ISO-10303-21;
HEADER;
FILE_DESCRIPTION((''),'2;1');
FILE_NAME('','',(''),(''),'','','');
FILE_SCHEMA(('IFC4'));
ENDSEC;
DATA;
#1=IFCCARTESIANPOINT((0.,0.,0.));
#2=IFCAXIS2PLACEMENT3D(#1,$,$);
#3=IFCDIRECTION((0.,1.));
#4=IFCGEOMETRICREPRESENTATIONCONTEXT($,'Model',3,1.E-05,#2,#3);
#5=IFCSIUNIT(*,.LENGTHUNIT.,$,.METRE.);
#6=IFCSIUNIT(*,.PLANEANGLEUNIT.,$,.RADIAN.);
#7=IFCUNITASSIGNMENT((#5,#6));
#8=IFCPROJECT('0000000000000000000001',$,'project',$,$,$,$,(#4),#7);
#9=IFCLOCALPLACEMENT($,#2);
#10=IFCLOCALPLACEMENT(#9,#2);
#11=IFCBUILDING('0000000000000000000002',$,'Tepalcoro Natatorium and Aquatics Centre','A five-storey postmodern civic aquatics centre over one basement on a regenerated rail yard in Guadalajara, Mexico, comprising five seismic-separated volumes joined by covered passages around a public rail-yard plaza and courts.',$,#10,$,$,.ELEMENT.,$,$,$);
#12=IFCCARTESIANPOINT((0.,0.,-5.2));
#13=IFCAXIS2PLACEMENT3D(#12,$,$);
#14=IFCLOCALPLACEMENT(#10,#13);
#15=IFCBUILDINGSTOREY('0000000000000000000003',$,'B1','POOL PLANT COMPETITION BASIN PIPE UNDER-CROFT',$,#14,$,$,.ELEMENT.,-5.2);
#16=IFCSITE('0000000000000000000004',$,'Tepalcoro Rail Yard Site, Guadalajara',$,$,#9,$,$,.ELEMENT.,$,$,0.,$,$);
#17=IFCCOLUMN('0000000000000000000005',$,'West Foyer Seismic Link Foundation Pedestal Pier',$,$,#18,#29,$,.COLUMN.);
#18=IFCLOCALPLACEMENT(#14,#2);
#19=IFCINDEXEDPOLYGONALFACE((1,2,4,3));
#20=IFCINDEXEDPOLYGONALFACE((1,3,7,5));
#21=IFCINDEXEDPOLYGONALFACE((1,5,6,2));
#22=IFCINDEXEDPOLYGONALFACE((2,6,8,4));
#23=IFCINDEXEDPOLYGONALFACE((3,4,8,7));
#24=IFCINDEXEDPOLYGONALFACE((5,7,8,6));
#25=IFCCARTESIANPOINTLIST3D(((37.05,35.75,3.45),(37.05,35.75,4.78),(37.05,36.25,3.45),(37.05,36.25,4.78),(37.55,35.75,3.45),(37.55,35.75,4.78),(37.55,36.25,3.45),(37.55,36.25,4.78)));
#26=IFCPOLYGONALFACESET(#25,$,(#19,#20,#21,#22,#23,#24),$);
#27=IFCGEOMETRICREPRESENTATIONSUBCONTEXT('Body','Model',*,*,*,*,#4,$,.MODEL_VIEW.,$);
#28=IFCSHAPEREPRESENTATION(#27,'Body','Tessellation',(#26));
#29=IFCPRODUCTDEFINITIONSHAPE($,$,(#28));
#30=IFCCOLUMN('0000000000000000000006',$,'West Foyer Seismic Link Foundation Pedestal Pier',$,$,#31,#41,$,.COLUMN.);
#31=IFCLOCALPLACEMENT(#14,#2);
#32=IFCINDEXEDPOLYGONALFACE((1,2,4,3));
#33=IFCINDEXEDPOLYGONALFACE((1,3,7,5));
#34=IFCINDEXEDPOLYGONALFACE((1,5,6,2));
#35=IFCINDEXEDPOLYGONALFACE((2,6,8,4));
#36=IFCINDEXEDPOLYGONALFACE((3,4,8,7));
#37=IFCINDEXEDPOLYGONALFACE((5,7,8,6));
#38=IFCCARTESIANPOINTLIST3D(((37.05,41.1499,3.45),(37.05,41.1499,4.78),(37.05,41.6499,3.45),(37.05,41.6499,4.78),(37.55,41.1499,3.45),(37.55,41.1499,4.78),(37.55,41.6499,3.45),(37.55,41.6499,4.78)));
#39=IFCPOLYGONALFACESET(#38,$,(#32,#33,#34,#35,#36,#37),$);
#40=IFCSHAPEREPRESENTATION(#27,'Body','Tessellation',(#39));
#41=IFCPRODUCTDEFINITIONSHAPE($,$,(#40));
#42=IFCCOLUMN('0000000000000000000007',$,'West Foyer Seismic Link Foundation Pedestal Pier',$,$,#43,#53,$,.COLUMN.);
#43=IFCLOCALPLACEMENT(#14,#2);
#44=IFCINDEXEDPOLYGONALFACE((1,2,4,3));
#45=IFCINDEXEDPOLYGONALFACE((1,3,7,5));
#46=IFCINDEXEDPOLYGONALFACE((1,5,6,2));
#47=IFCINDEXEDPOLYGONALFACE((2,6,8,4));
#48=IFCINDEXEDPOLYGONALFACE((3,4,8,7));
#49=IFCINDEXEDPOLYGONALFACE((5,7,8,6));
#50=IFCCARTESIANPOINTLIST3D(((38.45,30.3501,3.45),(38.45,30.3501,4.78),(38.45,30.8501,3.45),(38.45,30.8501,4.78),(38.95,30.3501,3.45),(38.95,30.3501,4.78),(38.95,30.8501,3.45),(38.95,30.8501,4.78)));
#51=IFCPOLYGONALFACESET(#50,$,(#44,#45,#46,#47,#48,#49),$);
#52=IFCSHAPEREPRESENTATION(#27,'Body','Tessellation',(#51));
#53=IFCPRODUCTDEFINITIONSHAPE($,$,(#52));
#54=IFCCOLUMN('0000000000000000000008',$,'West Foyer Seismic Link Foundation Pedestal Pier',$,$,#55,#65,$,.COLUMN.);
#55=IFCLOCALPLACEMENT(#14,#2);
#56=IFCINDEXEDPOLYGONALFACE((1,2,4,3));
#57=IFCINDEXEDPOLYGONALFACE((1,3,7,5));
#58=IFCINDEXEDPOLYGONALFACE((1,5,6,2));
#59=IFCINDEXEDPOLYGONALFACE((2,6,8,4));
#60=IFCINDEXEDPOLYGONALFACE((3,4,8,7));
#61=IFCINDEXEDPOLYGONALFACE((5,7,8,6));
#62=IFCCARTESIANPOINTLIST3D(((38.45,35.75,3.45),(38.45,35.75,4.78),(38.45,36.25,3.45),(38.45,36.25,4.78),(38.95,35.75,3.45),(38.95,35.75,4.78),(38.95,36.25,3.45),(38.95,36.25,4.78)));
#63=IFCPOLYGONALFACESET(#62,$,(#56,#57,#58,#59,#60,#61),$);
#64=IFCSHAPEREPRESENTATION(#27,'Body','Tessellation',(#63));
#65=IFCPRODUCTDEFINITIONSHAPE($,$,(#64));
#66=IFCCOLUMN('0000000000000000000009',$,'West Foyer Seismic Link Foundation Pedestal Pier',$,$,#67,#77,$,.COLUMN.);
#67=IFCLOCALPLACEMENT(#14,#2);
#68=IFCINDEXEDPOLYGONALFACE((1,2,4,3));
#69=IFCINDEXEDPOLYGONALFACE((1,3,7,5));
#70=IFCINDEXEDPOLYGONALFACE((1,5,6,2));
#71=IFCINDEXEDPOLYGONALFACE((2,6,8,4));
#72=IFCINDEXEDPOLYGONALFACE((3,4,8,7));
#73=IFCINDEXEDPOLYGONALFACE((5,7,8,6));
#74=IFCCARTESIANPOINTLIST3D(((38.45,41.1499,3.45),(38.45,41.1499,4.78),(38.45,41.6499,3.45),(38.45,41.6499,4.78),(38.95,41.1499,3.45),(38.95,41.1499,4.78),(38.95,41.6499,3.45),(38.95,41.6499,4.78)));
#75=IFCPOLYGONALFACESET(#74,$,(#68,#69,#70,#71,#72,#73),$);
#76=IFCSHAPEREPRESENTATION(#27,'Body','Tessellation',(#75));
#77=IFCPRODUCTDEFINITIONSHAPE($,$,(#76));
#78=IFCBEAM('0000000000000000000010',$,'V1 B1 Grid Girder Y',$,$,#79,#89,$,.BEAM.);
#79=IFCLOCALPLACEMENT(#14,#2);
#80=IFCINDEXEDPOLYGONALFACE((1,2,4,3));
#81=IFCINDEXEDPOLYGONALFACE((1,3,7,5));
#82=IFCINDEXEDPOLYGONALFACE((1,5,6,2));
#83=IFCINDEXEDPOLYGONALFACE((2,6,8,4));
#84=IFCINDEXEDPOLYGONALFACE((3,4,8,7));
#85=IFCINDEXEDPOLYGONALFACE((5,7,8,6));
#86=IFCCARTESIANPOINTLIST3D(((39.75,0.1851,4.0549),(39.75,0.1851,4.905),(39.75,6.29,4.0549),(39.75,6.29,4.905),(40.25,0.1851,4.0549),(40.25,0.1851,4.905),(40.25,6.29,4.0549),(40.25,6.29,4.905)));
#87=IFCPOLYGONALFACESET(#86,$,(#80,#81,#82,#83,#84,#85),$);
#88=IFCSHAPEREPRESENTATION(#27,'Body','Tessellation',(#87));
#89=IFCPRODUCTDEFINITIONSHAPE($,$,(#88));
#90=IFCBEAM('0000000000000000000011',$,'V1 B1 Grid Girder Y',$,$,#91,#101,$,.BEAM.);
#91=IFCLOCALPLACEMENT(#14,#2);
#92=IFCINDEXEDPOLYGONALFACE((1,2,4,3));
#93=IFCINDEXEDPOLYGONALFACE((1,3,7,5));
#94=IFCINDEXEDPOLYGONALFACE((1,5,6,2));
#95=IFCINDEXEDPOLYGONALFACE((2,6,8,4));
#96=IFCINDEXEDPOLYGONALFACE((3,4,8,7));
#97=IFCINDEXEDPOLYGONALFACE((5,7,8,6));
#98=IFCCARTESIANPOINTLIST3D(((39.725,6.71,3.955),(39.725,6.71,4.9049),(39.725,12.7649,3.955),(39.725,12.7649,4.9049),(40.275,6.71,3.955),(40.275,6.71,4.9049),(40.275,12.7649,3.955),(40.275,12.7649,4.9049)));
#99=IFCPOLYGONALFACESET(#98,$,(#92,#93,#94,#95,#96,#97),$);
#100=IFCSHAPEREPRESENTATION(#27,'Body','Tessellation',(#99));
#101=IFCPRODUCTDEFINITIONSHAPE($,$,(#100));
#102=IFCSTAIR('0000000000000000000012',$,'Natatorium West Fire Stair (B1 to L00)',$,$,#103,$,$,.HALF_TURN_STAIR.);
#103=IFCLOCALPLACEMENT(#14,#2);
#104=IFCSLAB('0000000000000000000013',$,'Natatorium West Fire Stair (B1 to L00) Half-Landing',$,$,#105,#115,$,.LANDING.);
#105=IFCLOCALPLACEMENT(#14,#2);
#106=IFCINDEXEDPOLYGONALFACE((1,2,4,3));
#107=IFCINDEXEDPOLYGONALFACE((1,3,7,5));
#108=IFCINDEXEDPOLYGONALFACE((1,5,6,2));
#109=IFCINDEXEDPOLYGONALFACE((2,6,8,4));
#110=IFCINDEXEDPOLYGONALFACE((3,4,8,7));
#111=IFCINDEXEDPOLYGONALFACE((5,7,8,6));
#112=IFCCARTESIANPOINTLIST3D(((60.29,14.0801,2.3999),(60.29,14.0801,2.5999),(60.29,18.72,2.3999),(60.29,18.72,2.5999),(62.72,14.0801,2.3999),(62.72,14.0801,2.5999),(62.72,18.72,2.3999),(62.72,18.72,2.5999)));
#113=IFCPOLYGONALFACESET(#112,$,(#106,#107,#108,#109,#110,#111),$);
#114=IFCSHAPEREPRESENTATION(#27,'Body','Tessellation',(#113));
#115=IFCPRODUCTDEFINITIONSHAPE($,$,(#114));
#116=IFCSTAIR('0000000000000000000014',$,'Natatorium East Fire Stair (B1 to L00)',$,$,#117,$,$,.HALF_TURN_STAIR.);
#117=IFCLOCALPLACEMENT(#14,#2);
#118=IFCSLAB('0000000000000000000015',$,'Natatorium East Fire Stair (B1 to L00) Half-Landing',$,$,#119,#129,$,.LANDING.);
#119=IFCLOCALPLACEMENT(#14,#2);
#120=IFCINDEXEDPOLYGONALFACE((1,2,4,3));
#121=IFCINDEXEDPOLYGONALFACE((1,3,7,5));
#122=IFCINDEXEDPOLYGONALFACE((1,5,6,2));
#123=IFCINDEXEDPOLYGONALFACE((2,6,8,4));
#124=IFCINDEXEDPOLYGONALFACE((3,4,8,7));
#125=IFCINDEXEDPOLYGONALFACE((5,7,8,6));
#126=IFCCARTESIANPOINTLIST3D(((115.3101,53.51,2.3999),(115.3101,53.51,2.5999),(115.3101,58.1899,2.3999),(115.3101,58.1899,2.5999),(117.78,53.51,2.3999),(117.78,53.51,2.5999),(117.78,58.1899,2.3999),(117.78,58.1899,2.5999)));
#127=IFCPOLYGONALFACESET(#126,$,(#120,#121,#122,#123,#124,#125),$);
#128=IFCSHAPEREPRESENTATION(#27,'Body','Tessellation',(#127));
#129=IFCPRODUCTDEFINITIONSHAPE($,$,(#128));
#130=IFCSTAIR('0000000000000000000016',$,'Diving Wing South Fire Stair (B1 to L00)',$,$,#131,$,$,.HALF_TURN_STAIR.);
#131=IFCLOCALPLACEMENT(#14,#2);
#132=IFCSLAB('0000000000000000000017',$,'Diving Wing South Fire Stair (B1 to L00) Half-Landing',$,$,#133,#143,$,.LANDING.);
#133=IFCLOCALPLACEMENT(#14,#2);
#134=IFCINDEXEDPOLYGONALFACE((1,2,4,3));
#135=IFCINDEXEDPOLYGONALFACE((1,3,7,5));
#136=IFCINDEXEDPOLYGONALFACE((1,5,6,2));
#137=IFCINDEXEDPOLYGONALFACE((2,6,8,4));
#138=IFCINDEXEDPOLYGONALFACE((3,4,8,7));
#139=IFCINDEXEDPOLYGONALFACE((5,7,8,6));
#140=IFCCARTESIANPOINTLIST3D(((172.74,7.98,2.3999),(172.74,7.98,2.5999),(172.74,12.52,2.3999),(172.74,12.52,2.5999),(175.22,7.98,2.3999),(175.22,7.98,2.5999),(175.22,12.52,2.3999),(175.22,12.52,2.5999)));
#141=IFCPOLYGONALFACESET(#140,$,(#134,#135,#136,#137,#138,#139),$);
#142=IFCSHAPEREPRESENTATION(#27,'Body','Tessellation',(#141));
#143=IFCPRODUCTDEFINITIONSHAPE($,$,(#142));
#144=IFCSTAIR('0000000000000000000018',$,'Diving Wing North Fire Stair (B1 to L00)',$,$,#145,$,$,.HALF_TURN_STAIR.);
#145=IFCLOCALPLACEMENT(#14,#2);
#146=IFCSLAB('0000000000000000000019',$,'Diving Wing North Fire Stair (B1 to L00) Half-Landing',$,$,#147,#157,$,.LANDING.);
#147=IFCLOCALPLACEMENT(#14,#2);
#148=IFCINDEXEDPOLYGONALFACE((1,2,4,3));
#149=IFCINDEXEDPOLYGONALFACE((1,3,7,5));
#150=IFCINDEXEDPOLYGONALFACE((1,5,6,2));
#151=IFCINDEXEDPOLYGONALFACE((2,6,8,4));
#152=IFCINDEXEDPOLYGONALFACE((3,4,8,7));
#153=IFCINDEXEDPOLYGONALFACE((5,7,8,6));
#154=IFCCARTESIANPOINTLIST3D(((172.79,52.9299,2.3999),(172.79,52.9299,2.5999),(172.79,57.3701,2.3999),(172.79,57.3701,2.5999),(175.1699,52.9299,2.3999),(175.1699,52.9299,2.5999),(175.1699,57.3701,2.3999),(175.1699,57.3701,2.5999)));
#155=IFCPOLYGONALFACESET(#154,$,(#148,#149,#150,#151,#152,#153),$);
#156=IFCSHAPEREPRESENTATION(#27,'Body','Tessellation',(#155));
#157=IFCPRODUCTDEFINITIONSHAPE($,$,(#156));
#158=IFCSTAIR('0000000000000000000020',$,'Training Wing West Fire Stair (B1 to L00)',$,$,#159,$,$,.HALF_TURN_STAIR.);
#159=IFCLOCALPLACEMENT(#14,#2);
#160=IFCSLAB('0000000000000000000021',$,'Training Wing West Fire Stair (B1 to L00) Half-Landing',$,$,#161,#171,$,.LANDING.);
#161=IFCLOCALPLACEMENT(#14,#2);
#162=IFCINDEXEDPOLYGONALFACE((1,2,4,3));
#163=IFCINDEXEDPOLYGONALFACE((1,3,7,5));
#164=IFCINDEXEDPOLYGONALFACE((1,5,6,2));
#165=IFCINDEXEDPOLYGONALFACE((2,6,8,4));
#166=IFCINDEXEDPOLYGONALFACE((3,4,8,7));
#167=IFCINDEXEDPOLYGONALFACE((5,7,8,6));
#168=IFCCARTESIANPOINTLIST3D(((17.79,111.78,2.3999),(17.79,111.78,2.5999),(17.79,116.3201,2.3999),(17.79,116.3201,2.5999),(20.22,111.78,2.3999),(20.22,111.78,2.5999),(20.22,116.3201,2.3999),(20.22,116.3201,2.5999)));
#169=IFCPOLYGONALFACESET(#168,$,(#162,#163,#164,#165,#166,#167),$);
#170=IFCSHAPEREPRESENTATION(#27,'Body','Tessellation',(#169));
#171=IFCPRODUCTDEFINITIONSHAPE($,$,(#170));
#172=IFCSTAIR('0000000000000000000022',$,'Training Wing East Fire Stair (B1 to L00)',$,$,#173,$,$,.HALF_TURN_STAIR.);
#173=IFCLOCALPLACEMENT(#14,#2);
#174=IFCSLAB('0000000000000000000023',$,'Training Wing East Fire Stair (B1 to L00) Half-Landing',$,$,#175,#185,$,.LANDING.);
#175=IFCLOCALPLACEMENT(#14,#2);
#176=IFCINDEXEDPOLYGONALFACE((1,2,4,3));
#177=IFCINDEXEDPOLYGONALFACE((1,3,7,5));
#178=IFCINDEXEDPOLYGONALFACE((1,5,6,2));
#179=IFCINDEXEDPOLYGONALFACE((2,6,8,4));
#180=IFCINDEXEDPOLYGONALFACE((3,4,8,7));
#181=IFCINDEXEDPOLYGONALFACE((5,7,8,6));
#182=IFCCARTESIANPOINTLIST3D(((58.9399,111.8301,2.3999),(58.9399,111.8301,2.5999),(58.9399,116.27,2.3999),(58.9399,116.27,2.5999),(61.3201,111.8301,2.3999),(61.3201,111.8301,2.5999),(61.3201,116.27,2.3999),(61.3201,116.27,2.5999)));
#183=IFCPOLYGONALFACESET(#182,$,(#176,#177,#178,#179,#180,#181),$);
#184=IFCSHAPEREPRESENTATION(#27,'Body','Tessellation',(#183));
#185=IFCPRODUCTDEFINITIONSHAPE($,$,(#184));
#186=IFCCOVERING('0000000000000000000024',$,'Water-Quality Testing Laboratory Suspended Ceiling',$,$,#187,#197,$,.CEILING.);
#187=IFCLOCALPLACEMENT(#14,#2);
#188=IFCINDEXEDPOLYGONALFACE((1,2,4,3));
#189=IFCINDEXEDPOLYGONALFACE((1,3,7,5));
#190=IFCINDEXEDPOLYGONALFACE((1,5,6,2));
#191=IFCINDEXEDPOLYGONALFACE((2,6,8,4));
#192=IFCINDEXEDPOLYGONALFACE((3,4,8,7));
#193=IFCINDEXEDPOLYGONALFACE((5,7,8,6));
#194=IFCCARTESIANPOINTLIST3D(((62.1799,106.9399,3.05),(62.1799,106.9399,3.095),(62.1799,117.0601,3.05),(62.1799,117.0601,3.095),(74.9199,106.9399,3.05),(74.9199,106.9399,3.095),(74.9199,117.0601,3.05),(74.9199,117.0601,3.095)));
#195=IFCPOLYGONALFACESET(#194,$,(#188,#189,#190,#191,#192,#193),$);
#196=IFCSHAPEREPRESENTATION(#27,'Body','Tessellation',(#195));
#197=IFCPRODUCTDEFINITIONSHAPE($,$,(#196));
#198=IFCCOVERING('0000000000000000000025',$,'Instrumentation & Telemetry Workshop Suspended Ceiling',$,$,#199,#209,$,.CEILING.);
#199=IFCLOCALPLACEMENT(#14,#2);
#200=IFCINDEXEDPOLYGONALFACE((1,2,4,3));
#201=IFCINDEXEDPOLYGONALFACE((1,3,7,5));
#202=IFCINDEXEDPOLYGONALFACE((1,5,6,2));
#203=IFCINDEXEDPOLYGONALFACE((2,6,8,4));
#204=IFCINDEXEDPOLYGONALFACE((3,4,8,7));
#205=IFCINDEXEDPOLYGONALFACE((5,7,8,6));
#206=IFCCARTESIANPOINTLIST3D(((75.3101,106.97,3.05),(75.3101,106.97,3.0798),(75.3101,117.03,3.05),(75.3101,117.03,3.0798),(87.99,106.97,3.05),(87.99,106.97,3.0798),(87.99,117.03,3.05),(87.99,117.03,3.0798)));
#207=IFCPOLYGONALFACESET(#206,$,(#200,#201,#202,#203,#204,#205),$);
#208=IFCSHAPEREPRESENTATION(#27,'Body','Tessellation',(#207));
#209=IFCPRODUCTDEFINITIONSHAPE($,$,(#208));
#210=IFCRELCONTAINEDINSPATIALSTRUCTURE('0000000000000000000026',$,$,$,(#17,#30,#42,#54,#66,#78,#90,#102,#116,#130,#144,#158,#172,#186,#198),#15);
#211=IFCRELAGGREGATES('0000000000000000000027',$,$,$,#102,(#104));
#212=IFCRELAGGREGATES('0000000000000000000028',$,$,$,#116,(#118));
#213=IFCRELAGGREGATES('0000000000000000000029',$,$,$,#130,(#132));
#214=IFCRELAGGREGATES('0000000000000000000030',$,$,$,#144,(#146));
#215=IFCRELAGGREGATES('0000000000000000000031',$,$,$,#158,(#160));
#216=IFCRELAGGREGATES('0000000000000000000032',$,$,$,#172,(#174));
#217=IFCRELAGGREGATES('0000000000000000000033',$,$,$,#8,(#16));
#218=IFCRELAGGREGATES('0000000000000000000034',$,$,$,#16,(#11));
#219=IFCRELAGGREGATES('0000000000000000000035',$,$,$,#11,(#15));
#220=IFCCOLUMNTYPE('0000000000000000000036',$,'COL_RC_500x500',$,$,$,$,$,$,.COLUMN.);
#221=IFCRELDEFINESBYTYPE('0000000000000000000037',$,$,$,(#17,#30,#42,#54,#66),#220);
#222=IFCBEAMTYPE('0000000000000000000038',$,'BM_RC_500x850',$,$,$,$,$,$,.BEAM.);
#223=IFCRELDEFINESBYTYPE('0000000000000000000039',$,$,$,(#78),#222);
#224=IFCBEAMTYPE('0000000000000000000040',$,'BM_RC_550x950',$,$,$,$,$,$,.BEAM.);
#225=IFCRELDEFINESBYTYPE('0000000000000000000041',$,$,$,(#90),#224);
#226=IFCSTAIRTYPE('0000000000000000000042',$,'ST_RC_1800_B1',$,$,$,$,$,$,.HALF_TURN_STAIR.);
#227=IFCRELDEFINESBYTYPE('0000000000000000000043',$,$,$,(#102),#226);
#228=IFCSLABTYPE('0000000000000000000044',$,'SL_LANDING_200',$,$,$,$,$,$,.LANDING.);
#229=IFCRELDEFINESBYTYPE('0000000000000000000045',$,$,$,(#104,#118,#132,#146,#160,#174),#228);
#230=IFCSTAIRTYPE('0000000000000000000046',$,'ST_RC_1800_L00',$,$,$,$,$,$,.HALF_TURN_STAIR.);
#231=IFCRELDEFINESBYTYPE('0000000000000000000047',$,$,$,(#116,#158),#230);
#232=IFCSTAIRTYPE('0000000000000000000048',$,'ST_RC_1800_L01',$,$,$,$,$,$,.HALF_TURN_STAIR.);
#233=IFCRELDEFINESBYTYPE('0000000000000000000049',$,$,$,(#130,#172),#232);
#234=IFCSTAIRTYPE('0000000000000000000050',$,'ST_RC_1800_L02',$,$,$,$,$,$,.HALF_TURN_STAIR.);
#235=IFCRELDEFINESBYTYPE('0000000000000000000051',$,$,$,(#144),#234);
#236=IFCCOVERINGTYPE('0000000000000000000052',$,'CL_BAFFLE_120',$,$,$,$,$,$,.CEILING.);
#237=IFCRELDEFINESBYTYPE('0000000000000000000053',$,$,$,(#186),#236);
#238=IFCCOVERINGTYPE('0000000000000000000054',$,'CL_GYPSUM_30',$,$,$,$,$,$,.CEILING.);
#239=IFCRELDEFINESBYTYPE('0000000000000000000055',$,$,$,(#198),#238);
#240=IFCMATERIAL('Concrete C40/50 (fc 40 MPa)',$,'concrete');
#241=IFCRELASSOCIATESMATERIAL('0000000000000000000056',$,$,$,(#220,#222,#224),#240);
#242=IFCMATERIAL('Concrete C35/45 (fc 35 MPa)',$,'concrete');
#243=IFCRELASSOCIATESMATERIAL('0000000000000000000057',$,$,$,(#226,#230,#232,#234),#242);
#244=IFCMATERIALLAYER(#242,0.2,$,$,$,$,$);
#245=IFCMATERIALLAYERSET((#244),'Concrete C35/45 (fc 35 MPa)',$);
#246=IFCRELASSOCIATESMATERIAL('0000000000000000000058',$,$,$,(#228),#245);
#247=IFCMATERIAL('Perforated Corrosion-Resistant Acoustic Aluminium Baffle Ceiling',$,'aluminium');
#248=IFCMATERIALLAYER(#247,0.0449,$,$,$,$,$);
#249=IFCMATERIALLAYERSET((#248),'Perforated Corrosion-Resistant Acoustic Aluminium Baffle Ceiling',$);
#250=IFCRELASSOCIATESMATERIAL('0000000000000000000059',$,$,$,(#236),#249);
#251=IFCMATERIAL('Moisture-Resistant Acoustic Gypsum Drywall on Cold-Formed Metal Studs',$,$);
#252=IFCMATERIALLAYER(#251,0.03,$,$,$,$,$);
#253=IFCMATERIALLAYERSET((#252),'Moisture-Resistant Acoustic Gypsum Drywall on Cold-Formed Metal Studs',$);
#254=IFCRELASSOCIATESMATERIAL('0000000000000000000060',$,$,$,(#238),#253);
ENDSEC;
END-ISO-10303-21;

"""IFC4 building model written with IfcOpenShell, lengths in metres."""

from ifc_helpers import new_model, si_unit, direction, frame, origin, origin_2d, place, context, subcontext, project, spatial, polyline, rectangle, outline, extrude, material, layer, layer_set, material_profile, profile_set, type_object, element, aggregate, save


model = new_model("IFC4")

# Units and contexts
model_context = context("Model", 3, precision=1e-05, world=origin(), true_north=direction((0.0, 1.0)))
body_context = subcontext(model_context, "Body", "Model", "MODEL_VIEW")
ifc_project = project(units=[si_unit("LENGTHUNIT", "METRE"), si_unit("PLANEANGLEUNIT", "RADIAN")], contexts=[model_context])

# Site, building, storey
site_placement = place(None, origin())
site = spatial("IfcSite", under=ifc_project, at=site_placement, Name="Tepalcoro Rail Yard Site, Guadalajara", CompositionType="ELEMENT", RefElevation=0.0)
building_placement = place(site_placement, origin())
building = spatial("IfcBuilding", under=site, at=building_placement, Name="Tepalcoro Natatorium and Aquatics Centre", Description="A five-storey postmodern civic aquatics centre over one basement on a regenerated rail yard in Guadalajara, Mexico, comprising five seismic-separated volumes joined by covered passages around a public rail-yard plaza and courts.", CompositionType="ELEMENT")
storey_placement = place(building_placement, frame((0.0, 0.0, -5.2)))
storey = spatial("IfcBuildingStorey", under=building, at=storey_placement, Name="B1", Description="POOL PLANT COMPETITION BASIN PIPE UNDER-CROFT", CompositionType="ELEMENT", Elevation=-5.2)

# Shared definitions
ifc_material_1 = material(Name="Concrete C40/50 (fc 40 MPa)", Category="concrete")

# Columns
ifc_material_profile_1 = material_profile(ifc_material_1, rectangle(XDim=0.5, YDim=0.5, at=origin_2d()), Name="RC500x500")
ifc_profile_set_1 = profile_set([ifc_material_profile_1], Name="Concrete C40/50 (fc 40 MPa)")
column_type_1 = type_object("IfcColumnType", Name="COL_RC_500x500", PredefinedType="COLUMN", material=ifc_profile_set_1)
for number, where, z_axis, x_axis, name in (
    (1, (37.3, 36.0, 3.45), (0.0, 0.0, 1.0), (1.0, 0.0, 0.0), "West Foyer Seismic Link Foundation Pedestal Pier"),
    (2, (37.3, 41.3999, 3.45), (0.0, 0.0, 1.0), (1.0, 0.0, 0.0), "West Foyer Seismic Link Foundation Pedestal Pier"),
    (3, (38.7, 30.6001, 3.45), (0.0, 0.0, 1.0), (1.0, 0.0, 0.0), "West Foyer Seismic Link Foundation Pedestal Pier"),
    (4, (38.7, 36.0, 3.45), (0.0, 0.0, 1.0), (1.0, 0.0, 0.0), "West Foyer Seismic Link Foundation Pedestal Pier"),
    (5, (38.7, 41.3999, 3.45), (0.0, 0.0, 1.0), (1.0, 0.0, 0.0), "West Foyer Seismic Link Foundation Pedestal Pier"),
):
    element("IfcColumn", number, at=place(storey_placement, frame(where, z_axis=z_axis, x_axis=x_axis)), inside=storey, type_object=column_type_1, Name=name, PredefinedType="COLUMN", context=body_context, shape_type="SweptSolid", body=[
        extrude(rectangle(XDim=0.5, YDim=0.5, at=origin_2d()), origin(), (0.0, 0.0, 1.0), 1.3301),
    ])

# Beams
ifc_material_profile_2 = material_profile(ifc_material_1, rectangle(XDim=0.5, YDim=0.8501, at=origin_2d()), Name="RCB500x850")
ifc_profile_set_2 = profile_set([ifc_material_profile_2], Name="Concrete C40/50 (fc 40 MPa)")
beam_type_1 = type_object("IfcBeamType", Name="BM_RC_500x850", PredefinedType="BEAM", material=ifc_profile_set_2)
beam_1_placement = place(storey_placement, frame((40.0, 0.1851, 4.48), z_axis=(0.0, 1.0, 0.0), x_axis=(-1.0, 0.0, 0.0)))
element("IfcBeam", 6, at=beam_1_placement, inside=storey, type_object=beam_type_1, Name="V1 B1 Grid Girder Y", PredefinedType="BEAM", context=body_context, shape_type="SweptSolid", body=[
    extrude(rectangle(XDim=0.5, YDim=0.8501, at=origin_2d()), origin(), (0.0, 0.0, 1.0), 6.105),
])
ifc_material_profile_3 = material_profile(ifc_material_1, rectangle(XDim=0.55, YDim=0.95, at=origin_2d()), Name="RCB550x950")
ifc_profile_set_3 = profile_set([ifc_material_profile_3], Name="Concrete C40/50 (fc 40 MPa)")
beam_type_2 = type_object("IfcBeamType", Name="BM_RC_550x950", PredefinedType="BEAM", material=ifc_profile_set_3)
beam_2_placement = place(storey_placement, frame((40.0, 6.71, 4.4299), z_axis=(0.0, 1.0, 0.0), x_axis=(-1.0, 0.0, 0.0)))
element("IfcBeam", 7, at=beam_2_placement, inside=storey, type_object=beam_type_2, Name="V1 B1 Grid Girder Y", PredefinedType="BEAM", context=body_context, shape_type="SweptSolid", body=[
    extrude(rectangle(XDim=0.55, YDim=0.95, at=origin_2d()), origin(), (0.0, 0.0, 1.0), 6.0549),
])

# Stairs, slabs
ifc_material_2 = material(Name="Concrete C35/45 (fc 35 MPa)", Category="concrete")
stair_type_1 = type_object("IfcStairType", Name="ST_RC_1800_B1", PredefinedType="HALF_TURN_STAIR", material=ifc_material_2)
stair_1_placement = place(storey_placement, origin())
stair_1 = element("IfcStair", 8, at=stair_1_placement, inside=storey, type_object=stair_type_1, Name="Natatorium West Fire Stair (B1 to L00)", PredefinedType="HALF_TURN_STAIR")
ifc_layer_1 = layer(ifc_material_2, 0.2)
ifc_layer_set_1 = layer_set([ifc_layer_1], Name="Concrete C35/45 (fc 35 MPa)")
slab_type = type_object("IfcSlabType", Name="SL_LANDING_200", PredefinedType="LANDING", material=ifc_layer_set_1)
slab_1_placement = place(storey_placement, frame((0.0, 0.0, 2.3999)))
slab_1 = element("IfcSlab", 9, at=slab_1_placement, type_object=slab_type, Name="Natatorium West Fire Stair (B1 to L00) Half-Landing", PredefinedType="LANDING", context=body_context, shape_type="SweptSolid", body=[
    extrude(outline(polyline([(60.29, 14.0801), (62.72, 14.0801), (62.72, 18.72), (60.29, 18.72), (60.29, 14.0801)])), origin(), (0.0, 0.0, 1.0), 0.2),
])
aggregate(stair_1, [slab_1])
stair_type_2 = type_object("IfcStairType", Name="ST_RC_1800_L00", PredefinedType="HALF_TURN_STAIR", material=ifc_material_2)
stair_2_placement = place(storey_placement, origin())
stair_2 = element("IfcStair", 10, at=stair_2_placement, inside=storey, type_object=stair_type_2, Name="Natatorium East Fire Stair (B1 to L00)", PredefinedType="HALF_TURN_STAIR")
slab_2_placement = place(storey_placement, frame((0.0, 0.0, 2.3999)))
slab_2 = element("IfcSlab", 11, at=slab_2_placement, type_object=slab_type, Name="Natatorium East Fire Stair (B1 to L00) Half-Landing", PredefinedType="LANDING", context=body_context, shape_type="SweptSolid", body=[
    extrude(outline(polyline([(115.3101, 53.51), (117.78, 53.51), (117.78, 58.1899), (115.3101, 58.1899), (115.3101, 53.51)])), origin(), (0.0, 0.0, 1.0), 0.2),
])
aggregate(stair_2, [slab_2])
stair_type_3 = type_object("IfcStairType", Name="ST_RC_1800_L01", PredefinedType="HALF_TURN_STAIR", material=ifc_material_2)
stair_3_placement = place(storey_placement, origin())
stair_3 = element("IfcStair", 12, at=stair_3_placement, inside=storey, type_object=stair_type_3, Name="Diving Wing South Fire Stair (B1 to L00)", PredefinedType="HALF_TURN_STAIR")
slab_3_placement = place(storey_placement, frame((0.0, 0.0, 2.3999)))
slab_3 = element("IfcSlab", 13, at=slab_3_placement, type_object=slab_type, Name="Diving Wing South Fire Stair (B1 to L00) Half-Landing", PredefinedType="LANDING", context=body_context, shape_type="SweptSolid", body=[
    extrude(outline(polyline([(172.74, 7.98), (175.22, 7.98), (175.22, 12.52), (172.74, 12.52), (172.74, 7.98)])), origin(), (0.0, 0.0, 1.0), 0.2),
])
aggregate(stair_3, [slab_3])
stair_type_4 = type_object("IfcStairType", Name="ST_RC_1800_L02", PredefinedType="HALF_TURN_STAIR", material=ifc_material_2)
stair_4_placement = place(storey_placement, origin())
stair_4 = element("IfcStair", 14, at=stair_4_placement, inside=storey, type_object=stair_type_4, Name="Diving Wing North Fire Stair (B1 to L00)", PredefinedType="HALF_TURN_STAIR")
slab_4_placement = place(storey_placement, frame((0.0, 0.0, 2.3999)))
slab_4 = element("IfcSlab", 15, at=slab_4_placement, type_object=slab_type, Name="Diving Wing North Fire Stair (B1 to L00) Half-Landing", PredefinedType="LANDING", context=body_context, shape_type="SweptSolid", body=[
    extrude(outline(polyline([(172.79, 52.9299), (175.1699, 52.9299), (175.1699, 57.3701), (172.79, 57.3701), (172.79, 52.9299)])), origin(), (0.0, 0.0, 1.0), 0.2),
])
aggregate(stair_4, [slab_4])
stair_5_placement = place(storey_placement, origin())
stair_5 = element("IfcStair", 16, at=stair_5_placement, inside=storey, type_object=stair_type_2, Name="Training Wing West Fire Stair (B1 to L00)", PredefinedType="HALF_TURN_STAIR")
slab_5_placement = place(storey_placement, frame((0.0, 0.0, 2.3999)))
slab_5 = element("IfcSlab", 17, at=slab_5_placement, type_object=slab_type, Name="Training Wing West Fire Stair (B1 to L00) Half-Landing", PredefinedType="LANDING", context=body_context, shape_type="SweptSolid", body=[
    extrude(outline(polyline([(17.79, 111.78), (20.22, 111.78), (20.22, 116.3201), (17.79, 116.3201), (17.79, 111.78)])), origin(), (0.0, 0.0, 1.0), 0.2),
])
aggregate(stair_5, [slab_5])
stair_6_placement = place(storey_placement, origin())
stair_6 = element("IfcStair", 18, at=stair_6_placement, inside=storey, type_object=stair_type_3, Name="Training Wing East Fire Stair (B1 to L00)", PredefinedType="HALF_TURN_STAIR")
slab_6_placement = place(storey_placement, frame((0.0, 0.0, 2.3999)))
slab_6 = element("IfcSlab", 19, at=slab_6_placement, type_object=slab_type, Name="Training Wing East Fire Stair (B1 to L00) Half-Landing", PredefinedType="LANDING", context=body_context, shape_type="SweptSolid", body=[
    extrude(outline(polyline([(58.9399, 111.8301), (61.3201, 111.8301), (61.3201, 116.27), (58.9399, 116.27), (58.9399, 111.8301)])), origin(), (0.0, 0.0, 1.0), 0.2),
])
aggregate(stair_6, [slab_6])

# Coverings
ifc_material_3 = material(Name="Perforated Corrosion-Resistant Acoustic Aluminium Baffle Ceiling", Category="aluminium")
ifc_layer_2 = layer(ifc_material_3, 0.0449)
ifc_layer_set_2 = layer_set([ifc_layer_2], Name="Perforated Corrosion-Resistant Acoustic Aluminium Baffle Ceiling")
covering_type_1 = type_object("IfcCoveringType", Name="CL_BAFFLE_120", PredefinedType="CEILING", material=ifc_layer_set_2)
covering_1_placement = place(storey_placement, frame((0.0, 0.0, 3.05)))
element("IfcCovering", 20, at=covering_1_placement, inside=storey, type_object=covering_type_1, Name="Water-Quality Testing Laboratory Suspended Ceiling", PredefinedType="CEILING", context=body_context, shape_type="SweptSolid", body=[
    extrude(outline(polyline([(62.1799, 106.9399), (62.1799, 117.0601), (74.9199, 117.0601), (74.9199, 106.9399), (62.1799, 106.9399)])), origin(), (0.0, 0.0, 1.0), 0.0449),
])
ifc_material_4 = material(Name="Moisture-Resistant Acoustic Gypsum Drywall on Cold-Formed Metal Studs")
ifc_layer_3 = layer(ifc_material_4, 0.03)
ifc_layer_set_3 = layer_set([ifc_layer_3], Name="Moisture-Resistant Acoustic Gypsum Drywall on Cold-Formed Metal Studs")
covering_type_2 = type_object("IfcCoveringType", Name="CL_GYPSUM_30", PredefinedType="CEILING", material=ifc_layer_set_3)
covering_2_placement = place(storey_placement, frame((0.0, 0.0, 3.05)))
element("IfcCovering", 21, at=covering_2_placement, inside=storey, type_object=covering_type_2, Name="Instrumentation & Telemetry Workshop Suspended Ceiling", PredefinedType="CEILING", context=body_context, shape_type="SweptSolid", body=[
    extrude(outline(polyline([(75.3101, 106.97), (75.3101, 117.03), (87.99, 117.03), (87.99, 106.97), (75.3101, 106.97)])), origin(), (0.0, 0.0, 1.0), 0.0298),
])

save(model, "model.ifc")
